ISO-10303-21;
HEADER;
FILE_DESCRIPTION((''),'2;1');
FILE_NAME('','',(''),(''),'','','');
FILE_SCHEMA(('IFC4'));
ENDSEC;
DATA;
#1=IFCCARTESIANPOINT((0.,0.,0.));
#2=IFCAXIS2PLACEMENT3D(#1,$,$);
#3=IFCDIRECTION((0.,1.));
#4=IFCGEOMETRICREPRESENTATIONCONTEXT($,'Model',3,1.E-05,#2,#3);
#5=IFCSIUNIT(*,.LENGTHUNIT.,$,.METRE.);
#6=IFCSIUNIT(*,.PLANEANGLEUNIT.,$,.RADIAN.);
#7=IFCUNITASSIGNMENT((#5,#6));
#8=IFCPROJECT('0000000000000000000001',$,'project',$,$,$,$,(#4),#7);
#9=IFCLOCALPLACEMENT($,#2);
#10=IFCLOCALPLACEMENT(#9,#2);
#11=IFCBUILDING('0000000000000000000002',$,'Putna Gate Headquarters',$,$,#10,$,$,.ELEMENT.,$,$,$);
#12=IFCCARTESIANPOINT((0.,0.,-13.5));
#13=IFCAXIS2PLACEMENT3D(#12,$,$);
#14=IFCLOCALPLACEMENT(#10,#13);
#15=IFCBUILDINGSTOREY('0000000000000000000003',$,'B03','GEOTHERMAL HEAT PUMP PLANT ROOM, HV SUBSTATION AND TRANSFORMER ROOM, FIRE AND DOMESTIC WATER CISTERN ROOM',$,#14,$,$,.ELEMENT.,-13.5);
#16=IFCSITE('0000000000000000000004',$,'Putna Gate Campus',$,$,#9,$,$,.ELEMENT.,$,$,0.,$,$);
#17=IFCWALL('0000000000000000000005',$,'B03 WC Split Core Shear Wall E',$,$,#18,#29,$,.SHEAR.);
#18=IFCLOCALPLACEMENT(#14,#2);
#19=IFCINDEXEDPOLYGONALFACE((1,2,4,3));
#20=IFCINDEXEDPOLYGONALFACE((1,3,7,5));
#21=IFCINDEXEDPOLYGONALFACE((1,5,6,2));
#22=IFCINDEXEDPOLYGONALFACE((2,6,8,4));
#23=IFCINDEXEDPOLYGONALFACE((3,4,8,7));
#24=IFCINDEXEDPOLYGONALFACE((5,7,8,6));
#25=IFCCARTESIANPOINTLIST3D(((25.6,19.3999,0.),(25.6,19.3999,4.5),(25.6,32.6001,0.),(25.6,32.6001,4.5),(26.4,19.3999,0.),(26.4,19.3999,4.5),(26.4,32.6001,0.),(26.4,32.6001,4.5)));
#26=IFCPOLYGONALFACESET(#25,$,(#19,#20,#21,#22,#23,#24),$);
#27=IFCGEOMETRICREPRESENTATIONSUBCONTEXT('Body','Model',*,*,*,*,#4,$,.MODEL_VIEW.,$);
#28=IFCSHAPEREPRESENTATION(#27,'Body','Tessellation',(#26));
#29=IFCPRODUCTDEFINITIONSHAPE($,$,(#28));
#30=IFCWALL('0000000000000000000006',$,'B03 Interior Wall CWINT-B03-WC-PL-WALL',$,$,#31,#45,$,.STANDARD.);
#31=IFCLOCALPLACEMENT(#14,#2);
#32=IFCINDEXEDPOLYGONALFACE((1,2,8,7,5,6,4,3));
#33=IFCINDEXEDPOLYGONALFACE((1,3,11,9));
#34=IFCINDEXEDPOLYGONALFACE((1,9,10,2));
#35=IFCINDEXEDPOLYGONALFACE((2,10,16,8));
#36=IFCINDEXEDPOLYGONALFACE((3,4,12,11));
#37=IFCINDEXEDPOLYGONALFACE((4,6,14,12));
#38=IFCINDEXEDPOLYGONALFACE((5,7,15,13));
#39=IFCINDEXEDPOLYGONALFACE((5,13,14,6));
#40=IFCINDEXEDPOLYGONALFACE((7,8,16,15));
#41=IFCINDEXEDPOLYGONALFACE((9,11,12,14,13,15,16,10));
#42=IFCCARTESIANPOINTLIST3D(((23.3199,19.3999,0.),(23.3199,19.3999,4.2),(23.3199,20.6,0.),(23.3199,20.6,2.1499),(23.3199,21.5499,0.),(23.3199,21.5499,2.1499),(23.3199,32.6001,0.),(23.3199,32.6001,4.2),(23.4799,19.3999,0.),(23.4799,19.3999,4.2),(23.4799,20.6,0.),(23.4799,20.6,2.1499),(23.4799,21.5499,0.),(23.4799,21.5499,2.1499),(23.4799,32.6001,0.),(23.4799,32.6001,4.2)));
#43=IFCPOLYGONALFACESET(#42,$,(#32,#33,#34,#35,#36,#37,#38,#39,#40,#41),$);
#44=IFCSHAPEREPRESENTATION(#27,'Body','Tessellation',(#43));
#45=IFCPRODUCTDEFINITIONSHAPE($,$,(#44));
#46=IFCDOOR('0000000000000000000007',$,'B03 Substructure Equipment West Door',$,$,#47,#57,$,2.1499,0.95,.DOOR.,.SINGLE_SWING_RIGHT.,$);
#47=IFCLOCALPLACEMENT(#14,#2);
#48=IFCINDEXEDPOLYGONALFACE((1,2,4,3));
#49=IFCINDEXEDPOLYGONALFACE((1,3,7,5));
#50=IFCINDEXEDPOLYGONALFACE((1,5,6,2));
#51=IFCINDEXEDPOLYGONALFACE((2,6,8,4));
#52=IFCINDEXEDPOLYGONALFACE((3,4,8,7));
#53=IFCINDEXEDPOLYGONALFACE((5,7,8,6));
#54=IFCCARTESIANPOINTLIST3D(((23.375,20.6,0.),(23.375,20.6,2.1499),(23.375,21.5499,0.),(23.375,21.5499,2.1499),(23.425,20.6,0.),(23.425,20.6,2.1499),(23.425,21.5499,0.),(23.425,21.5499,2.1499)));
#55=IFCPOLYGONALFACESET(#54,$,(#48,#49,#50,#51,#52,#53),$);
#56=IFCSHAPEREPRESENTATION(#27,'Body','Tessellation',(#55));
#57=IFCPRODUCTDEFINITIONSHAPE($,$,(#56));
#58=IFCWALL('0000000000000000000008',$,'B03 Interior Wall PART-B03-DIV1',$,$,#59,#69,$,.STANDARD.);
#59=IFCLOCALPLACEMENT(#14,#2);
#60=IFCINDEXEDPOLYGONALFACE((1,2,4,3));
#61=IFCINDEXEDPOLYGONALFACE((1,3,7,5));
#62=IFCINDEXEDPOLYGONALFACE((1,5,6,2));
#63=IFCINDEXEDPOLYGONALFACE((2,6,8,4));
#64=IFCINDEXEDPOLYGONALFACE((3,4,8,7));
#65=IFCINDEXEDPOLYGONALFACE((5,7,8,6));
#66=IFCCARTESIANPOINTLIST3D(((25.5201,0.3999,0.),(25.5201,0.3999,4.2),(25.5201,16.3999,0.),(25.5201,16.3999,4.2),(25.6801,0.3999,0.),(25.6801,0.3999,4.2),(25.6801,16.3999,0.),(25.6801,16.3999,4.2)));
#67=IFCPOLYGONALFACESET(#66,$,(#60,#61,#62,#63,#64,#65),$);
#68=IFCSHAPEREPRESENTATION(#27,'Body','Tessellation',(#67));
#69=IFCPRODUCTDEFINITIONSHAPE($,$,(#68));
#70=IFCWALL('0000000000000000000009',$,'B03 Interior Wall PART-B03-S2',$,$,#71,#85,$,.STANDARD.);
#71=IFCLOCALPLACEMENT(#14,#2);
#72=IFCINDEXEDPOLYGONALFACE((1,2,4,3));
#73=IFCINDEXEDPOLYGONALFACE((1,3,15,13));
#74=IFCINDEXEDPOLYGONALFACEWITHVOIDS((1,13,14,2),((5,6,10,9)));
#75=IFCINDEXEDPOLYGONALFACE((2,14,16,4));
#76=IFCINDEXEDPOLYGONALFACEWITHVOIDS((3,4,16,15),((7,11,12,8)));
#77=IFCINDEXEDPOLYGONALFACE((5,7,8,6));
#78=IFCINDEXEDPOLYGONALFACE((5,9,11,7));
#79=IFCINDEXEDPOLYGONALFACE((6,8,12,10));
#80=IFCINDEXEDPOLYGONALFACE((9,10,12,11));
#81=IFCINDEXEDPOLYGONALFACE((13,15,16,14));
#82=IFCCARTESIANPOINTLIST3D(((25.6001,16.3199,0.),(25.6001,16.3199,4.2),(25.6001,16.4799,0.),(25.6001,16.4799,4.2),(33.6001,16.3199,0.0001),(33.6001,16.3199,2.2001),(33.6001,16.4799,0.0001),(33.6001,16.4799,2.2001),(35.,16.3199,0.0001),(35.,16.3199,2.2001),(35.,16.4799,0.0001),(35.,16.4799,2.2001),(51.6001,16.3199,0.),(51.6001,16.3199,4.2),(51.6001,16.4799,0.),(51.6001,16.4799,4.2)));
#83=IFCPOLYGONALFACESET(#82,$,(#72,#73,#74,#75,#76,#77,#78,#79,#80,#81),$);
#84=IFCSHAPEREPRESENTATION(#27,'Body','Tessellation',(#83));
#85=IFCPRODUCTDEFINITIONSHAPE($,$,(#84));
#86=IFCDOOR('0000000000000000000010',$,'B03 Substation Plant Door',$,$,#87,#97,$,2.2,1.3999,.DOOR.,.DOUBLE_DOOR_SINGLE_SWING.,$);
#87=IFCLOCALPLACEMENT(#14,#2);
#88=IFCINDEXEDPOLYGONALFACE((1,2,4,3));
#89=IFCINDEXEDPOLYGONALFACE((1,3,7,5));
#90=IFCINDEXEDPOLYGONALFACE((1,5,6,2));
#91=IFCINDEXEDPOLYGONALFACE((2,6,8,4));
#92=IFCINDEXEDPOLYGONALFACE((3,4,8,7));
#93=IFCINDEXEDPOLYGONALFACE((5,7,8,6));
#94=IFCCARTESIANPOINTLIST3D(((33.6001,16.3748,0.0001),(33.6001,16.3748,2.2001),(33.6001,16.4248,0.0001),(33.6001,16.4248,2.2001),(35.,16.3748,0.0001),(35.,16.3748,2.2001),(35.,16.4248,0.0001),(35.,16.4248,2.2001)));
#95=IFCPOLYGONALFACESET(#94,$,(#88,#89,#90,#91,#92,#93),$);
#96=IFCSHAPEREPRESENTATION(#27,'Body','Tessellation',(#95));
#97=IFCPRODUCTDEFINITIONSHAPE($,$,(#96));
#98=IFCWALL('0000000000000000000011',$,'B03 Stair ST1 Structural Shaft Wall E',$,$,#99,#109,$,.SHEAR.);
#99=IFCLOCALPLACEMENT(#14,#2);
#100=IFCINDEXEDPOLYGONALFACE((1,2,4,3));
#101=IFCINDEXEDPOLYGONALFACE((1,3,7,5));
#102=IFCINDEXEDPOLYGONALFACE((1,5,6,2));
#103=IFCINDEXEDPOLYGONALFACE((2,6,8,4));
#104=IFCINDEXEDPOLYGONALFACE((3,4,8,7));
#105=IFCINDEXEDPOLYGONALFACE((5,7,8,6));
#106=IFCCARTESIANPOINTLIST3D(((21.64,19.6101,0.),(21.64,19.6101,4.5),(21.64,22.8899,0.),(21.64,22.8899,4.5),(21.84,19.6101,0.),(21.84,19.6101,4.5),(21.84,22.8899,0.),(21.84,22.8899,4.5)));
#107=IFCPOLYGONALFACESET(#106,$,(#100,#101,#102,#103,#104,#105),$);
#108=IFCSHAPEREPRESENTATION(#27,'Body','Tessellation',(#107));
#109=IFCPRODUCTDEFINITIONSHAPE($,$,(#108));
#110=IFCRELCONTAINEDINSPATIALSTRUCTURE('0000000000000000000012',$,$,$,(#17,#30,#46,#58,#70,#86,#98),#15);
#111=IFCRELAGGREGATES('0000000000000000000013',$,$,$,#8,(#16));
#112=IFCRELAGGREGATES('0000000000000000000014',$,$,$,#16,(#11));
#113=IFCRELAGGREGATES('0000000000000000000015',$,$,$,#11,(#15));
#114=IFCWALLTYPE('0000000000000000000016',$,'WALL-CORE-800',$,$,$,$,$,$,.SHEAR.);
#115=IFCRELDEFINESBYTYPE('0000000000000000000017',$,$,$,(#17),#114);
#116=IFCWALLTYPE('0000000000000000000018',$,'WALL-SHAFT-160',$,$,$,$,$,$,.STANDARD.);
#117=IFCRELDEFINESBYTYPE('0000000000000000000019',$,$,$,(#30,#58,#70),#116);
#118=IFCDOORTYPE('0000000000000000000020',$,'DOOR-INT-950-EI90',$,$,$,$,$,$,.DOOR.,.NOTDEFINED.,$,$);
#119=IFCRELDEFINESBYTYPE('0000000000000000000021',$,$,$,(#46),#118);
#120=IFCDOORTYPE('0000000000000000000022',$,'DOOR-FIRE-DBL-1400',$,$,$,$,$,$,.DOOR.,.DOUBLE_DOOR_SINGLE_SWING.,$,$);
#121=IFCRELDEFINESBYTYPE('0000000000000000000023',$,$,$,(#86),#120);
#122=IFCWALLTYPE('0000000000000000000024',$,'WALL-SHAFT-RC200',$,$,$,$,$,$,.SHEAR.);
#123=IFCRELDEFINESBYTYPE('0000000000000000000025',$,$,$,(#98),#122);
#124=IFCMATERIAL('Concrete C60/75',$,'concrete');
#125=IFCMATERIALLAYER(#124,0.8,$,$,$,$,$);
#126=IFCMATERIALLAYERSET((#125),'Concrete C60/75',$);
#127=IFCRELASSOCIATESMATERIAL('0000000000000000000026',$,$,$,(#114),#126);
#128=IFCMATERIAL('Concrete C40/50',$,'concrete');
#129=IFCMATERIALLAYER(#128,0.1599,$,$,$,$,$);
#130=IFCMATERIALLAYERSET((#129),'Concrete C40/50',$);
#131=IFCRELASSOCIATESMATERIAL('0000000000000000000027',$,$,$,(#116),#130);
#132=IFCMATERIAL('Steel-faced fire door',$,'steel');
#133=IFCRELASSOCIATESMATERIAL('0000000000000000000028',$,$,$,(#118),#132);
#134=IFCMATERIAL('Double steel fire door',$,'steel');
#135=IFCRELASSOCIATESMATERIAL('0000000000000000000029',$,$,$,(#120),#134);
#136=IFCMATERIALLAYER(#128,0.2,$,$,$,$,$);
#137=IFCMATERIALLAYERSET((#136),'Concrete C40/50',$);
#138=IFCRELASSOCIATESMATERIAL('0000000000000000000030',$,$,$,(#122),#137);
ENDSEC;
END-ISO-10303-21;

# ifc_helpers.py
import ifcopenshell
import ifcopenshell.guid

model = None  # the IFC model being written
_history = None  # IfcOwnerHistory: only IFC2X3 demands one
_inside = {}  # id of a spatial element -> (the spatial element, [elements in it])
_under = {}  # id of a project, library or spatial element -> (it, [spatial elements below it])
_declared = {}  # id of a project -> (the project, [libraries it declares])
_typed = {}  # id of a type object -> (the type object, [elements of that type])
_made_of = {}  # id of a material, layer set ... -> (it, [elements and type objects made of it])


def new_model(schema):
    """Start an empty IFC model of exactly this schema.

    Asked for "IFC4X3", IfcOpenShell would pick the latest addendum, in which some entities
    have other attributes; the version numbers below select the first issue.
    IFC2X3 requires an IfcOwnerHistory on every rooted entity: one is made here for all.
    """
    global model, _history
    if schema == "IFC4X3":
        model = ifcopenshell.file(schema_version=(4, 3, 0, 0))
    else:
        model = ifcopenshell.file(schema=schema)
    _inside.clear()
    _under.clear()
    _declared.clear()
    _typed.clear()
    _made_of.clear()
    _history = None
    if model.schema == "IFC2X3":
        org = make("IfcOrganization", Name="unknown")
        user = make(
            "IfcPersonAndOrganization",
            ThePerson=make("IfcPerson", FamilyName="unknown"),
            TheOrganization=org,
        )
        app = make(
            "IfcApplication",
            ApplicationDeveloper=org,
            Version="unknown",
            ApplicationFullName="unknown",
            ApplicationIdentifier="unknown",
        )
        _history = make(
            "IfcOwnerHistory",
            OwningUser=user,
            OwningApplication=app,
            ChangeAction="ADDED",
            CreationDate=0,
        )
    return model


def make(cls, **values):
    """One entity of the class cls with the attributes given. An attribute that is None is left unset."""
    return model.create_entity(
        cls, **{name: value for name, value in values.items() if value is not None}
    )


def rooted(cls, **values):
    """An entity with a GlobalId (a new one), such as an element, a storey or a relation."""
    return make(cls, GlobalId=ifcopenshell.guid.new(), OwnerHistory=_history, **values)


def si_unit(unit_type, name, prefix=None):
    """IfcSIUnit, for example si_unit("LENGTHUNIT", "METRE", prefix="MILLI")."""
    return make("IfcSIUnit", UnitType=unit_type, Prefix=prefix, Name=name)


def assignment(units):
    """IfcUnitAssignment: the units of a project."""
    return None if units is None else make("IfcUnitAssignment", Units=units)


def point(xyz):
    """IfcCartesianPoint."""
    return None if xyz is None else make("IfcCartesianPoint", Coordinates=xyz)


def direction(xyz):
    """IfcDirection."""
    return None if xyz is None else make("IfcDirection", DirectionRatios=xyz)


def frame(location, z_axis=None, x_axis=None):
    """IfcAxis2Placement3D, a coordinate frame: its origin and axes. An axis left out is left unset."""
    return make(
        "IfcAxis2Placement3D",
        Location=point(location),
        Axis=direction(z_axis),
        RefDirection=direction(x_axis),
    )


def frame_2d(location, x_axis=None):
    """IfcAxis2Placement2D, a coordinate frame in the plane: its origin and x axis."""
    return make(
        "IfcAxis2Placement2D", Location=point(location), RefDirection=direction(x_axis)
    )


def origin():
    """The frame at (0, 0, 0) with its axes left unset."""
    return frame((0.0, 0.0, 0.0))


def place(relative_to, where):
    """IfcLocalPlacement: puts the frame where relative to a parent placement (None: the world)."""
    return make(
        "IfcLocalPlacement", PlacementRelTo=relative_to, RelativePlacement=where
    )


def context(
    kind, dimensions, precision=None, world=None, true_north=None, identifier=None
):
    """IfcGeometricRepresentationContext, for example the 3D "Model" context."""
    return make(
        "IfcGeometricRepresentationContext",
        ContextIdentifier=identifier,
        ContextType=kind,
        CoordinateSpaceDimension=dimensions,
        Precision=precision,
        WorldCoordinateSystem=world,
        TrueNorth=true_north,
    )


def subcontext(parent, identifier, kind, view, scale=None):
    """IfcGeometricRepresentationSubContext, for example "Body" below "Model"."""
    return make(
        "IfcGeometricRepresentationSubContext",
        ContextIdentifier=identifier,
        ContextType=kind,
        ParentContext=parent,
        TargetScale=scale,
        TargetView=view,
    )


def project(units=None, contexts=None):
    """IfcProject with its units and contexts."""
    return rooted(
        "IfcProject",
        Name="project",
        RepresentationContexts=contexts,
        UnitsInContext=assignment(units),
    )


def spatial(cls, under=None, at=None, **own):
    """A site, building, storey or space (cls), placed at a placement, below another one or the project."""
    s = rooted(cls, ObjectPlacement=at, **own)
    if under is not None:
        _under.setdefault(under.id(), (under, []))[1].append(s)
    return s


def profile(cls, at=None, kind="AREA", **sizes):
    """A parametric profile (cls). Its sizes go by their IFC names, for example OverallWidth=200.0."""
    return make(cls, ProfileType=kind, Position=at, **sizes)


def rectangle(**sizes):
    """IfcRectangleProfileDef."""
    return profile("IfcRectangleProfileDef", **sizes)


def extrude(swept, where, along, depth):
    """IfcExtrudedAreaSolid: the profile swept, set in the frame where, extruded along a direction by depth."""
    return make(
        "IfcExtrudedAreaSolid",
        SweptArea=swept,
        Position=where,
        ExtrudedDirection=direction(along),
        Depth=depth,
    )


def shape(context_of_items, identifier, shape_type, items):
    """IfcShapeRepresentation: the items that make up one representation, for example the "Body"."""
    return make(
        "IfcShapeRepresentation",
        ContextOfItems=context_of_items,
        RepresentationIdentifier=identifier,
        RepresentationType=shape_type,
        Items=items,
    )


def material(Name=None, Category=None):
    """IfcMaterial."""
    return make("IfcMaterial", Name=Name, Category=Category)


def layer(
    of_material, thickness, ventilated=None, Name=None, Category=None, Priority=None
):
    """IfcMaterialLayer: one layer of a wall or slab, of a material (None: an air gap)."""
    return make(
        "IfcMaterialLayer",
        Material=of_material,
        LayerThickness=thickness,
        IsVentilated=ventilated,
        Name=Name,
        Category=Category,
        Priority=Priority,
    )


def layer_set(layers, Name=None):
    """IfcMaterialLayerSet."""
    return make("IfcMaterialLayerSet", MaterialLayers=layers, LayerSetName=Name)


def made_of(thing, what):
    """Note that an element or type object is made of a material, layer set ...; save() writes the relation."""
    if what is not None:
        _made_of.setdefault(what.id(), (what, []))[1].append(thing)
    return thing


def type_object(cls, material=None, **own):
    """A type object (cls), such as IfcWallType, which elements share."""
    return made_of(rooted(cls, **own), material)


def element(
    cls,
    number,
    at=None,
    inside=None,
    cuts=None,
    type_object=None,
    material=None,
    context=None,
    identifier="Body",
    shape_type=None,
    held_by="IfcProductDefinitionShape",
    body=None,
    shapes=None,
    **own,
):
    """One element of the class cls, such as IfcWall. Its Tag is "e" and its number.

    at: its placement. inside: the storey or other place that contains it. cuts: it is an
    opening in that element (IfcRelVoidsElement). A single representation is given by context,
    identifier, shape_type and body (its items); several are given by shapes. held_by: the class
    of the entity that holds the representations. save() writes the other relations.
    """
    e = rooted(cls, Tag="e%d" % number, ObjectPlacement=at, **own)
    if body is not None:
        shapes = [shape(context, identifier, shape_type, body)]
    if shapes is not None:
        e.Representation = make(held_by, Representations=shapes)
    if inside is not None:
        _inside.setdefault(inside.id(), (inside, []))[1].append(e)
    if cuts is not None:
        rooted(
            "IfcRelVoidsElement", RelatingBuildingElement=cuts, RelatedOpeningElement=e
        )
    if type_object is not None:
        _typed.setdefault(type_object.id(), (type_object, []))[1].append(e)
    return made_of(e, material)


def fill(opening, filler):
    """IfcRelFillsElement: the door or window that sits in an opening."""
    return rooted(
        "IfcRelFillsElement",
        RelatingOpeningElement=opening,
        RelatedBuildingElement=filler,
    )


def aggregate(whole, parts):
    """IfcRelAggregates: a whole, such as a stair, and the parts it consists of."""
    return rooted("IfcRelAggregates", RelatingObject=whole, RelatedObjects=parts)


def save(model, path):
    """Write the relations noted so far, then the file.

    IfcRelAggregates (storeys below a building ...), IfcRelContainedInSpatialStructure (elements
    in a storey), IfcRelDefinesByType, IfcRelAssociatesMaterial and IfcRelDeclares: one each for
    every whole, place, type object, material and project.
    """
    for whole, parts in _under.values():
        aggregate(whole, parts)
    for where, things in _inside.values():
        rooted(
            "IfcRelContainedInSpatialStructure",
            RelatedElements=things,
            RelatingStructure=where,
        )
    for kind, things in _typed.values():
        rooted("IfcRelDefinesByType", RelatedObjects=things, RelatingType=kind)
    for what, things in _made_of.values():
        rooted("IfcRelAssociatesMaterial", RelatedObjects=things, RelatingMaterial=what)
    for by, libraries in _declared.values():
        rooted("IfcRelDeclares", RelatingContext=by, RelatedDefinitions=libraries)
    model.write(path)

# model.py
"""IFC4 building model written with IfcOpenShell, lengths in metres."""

from ifc_helpers import new_model, si_unit, direction, frame, frame_2d, origin, place, context, subcontext, project, spatial, rectangle, extrude, material, layer, layer_set, type_object, element, fill, save


model = new_model("IFC4")

# Units and contexts
model_context = context("Model", 3, precision=1e-05, world=origin(), true_north=direction((0.0, 1.0)))
body_context = subcontext(model_context, "Body", "Model", "MODEL_VIEW")
ifc_project = project(units=[si_unit("LENGTHUNIT", "METRE"), si_unit("PLANEANGLEUNIT", "RADIAN")], contexts=[model_context])

# Site, building, storey
site_placement = place(None, origin())
site = spatial("IfcSite", under=ifc_project, at=site_placement, Name="Putna Gate Campus", CompositionType="ELEMENT", RefElevation=0.0)
building_placement = place(site_placement, origin())
building = spatial("IfcBuilding", under=site, at=building_placement, Name="Putna Gate Headquarters", CompositionType="ELEMENT")
storey_placement = place(building_placement, frame((0.0, 0.0, -13.5)))
storey = spatial("IfcBuildingStorey", under=building, at=storey_placement, Name="B03", Description="GEOTHERMAL HEAT PUMP PLANT ROOM, HV SUBSTATION AND TRANSFORMER ROOM, FIRE AND DOMESTIC WATER CISTERN ROOM", CompositionType="ELEMENT", Elevation=-13.5)

# Shared definitions
ifc_material_1 = material(Name="Concrete C40/50", Category="concrete")

# Shared definitions
ifc_material_2 = material(Name="Concrete C60/75", Category="concrete")

# Wall
ifc_layer_1 = layer(ifc_material_2, 0.8)
ifc_layer_set_1 = layer_set([ifc_layer_1], Name="Concrete C60/75")
wall_type_1 = type_object("IfcWallType", Name="WALL-CORE-800", PredefinedType="SHEAR", material=ifc_layer_set_1)
wall_1_placement = place(storey_placement, frame((26.0, 19.3999, 0.0), z_axis=(0.0, 0.0, 1.0), x_axis=(0.0, 1.0, 0.0)))
element("IfcWall", 1, at=wall_1_placement, inside=storey, type_object=wall_type_1, Name="B03 WC Split Core Shear Wall E", PredefinedType="SHEAR", context=body_context, shape_type="SweptSolid", body=[
    extrude(rectangle(XDim=13.2002, YDim=0.8, at=frame_2d((6.6001, 0.0))), origin(), (0.0, 0.0, 1.0), 4.5),
])

# Wall, opening, door
ifc_layer_2 = layer(ifc_material_1, 0.1599)
ifc_layer_set_2 = layer_set([ifc_layer_2], Name="Concrete C40/50")
wall_type_2 = type_object("IfcWallType", Name="WALL-SHAFT-160", PredefinedType="STANDARD", material=ifc_layer_set_2)
wall_2_placement = place(storey_placement, frame((23.3999, 19.3999, 0.0), z_axis=(0.0, 0.0, 1.0), x_axis=(0.0, 1.0, 0.0)))
wall_2 = element("IfcWall", 2, at=wall_2_placement, inside=storey, type_object=wall_type_2, Name="B03 Interior Wall CWINT-B03-WC-PL-WALL", PredefinedType="STANDARD", context=body_context, shape_type="SweptSolid", body=[
    extrude(rectangle(XDim=13.2002, YDim=0.1599, at=frame_2d((6.6001, 0.0))), origin(), (0.0, 0.0, 1.0), 4.2),
])
opening_1_placement = place(wall_2_placement, frame((1.2, 0.0, 0.0)))
opening_1 = element("IfcOpeningElement", 3, at=opening_1_placement, cuts=wall_2, PredefinedType="OPENING", context=body_context, shape_type="SweptSolid", body=[
    extrude(rectangle(XDim=0.95, YDim=2.1499, at=frame_2d((0.4751, 1.075))), frame((0.0, 0.0898, 0.0), z_axis=(0.0, -1.0, 0.0), x_axis=(1.0, 0.0, 0.0)), (0.0, 0.0, 1.0), 0.1799),
])
ifc_material_3 = material(Name="Steel-faced fire door", Category="steel")
door_type_1 = type_object("IfcDoorType", Name="DOOR-INT-950-EI90", OperationType="NOTDEFINED", PredefinedType="DOOR", material=ifc_material_3)
door_1_placement = place(opening_1_placement, origin())
door_1 = element("IfcDoor", 4, at=door_1_placement, inside=storey, type_object=door_type_1, Name="B03 Substructure Equipment West Door", OperationType="SINGLE_SWING_RIGHT", OverallHeight=2.1499, OverallWidth=0.95, PredefinedType="DOOR", context=body_context, shape_type="SweptSolid", body=[
    extrude(rectangle(XDim=0.95, YDim=2.1499, at=frame_2d((0.4751, 1.075))), frame((0.0, 0.0249, 0.0), z_axis=(0.0, -1.0, 0.0), x_axis=(1.0, 0.0, 0.0)), (0.0, 0.0, 1.0), 0.05),
])
fill(opening_1, door_1)

# Wall
wall_3_placement = place(storey_placement, frame((25.6001, 0.3999, 0.0), z_axis=(0.0, 0.0, 1.0), x_axis=(0.0, 1.0, 0.0)))
element("IfcWall", 5, at=wall_3_placement, inside=storey, type_object=wall_type_2, Name="B03 Interior Wall PART-B03-DIV1", PredefinedType="STANDARD", context=body_context, shape_type="SweptSolid", body=[
    extrude(rectangle(XDim=16.0, YDim=0.1599, at=frame_2d((8.0, 0.0))), origin(), (0.0, 0.0, 1.0), 4.2),
])

# Wall, opening, door
wall_4_placement = place(storey_placement, frame((25.6001, 16.3999, 0.0), z_axis=(0.0, 0.0, 1.0), x_axis=(1.0, 0.0, 0.0)))
wall_4 = element("IfcWall", 6, at=wall_4_placement, inside=storey, type_object=wall_type_2, Name="B03 Interior Wall PART-B03-S2", PredefinedType="STANDARD", context=body_context, shape_type="SweptSolid", body=[
    extrude(rectangle(XDim=26.0, YDim=0.1599, at=frame_2d((13.0, 0.0))), origin(), (0.0, 0.0, 1.0), 4.2),
])
opening_2_placement = place(wall_4_placement, frame((8.0, 0.0, 0.0)))
opening_2 = element("IfcOpeningElement", 7, at=opening_2_placement, cuts=wall_4, PredefinedType="OPENING", context=body_context, shape_type="SweptSolid", body=[
    extrude(rectangle(XDim=1.3999, YDim=2.2, at=frame_2d((0.7, 1.1001))), frame((0.0, 0.0898, 0.0), z_axis=(0.0, -1.0, 0.0), x_axis=(1.0, 0.0, 0.0)), (0.0, 0.0, 1.0), 0.1799),
])
ifc_material_4 = material(Name="Double steel fire door", Category="steel")
door_type_2 = type_object("IfcDoorType", Name="DOOR-FIRE-DBL-1400", OperationType="DOUBLE_DOOR_SINGLE_SWING", PredefinedType="DOOR", material=ifc_material_4)
door_2_placement = place(opening_2_placement, origin())
door_2 = element("IfcDoor", 8, at=door_2_placement, inside=storey, type_object=door_type_2, Name="B03 Substation Plant Door", OperationType="DOUBLE_DOOR_SINGLE_SWING", OverallHeight=2.2, OverallWidth=1.3999, PredefinedType="DOOR", context=body_context, shape_type="SweptSolid", body=[
    extrude(rectangle(XDim=1.3999, YDim=2.2, at=frame_2d((0.7, 1.1001))), frame((0.0, 0.0249, 0.0), z_axis=(0.0, -1.0, 0.0), x_axis=(1.0, 0.0, 0.0)), (0.0, 0.0, 1.0), 0.05),
])
fill(opening_2, door_2)

# Wall
ifc_layer_3 = layer(ifc_material_1, 0.2)
ifc_layer_set_3 = layer_set([ifc_layer_3], Name="Concrete C40/50")
wall_type_3 = type_object("IfcWallType", Name="WALL-SHAFT-RC200", PredefinedType="SHEAR", material=ifc_layer_set_3)
wall_5_placement = place(storey_placement, frame((21.74, 19.6101, 0.0), z_axis=(0.0, 0.0, 1.0), x_axis=(0.0, 1.0, 0.0)))
element("IfcWall", 9, at=wall_5_placement, inside=storey, type_object=wall_type_3, Name="B03 Stair ST1 Structural Shaft Wall E", PredefinedType="SHEAR", context=body_context, shape_type="SweptSolid", body=[
    extrude(rectangle(XDim=3.2798, YDim=0.2, at=frame_2d((1.6399, 0.0))), origin(), (0.0, 0.0, 1.0), 4.5),
])

save(model, "model.ifc")
